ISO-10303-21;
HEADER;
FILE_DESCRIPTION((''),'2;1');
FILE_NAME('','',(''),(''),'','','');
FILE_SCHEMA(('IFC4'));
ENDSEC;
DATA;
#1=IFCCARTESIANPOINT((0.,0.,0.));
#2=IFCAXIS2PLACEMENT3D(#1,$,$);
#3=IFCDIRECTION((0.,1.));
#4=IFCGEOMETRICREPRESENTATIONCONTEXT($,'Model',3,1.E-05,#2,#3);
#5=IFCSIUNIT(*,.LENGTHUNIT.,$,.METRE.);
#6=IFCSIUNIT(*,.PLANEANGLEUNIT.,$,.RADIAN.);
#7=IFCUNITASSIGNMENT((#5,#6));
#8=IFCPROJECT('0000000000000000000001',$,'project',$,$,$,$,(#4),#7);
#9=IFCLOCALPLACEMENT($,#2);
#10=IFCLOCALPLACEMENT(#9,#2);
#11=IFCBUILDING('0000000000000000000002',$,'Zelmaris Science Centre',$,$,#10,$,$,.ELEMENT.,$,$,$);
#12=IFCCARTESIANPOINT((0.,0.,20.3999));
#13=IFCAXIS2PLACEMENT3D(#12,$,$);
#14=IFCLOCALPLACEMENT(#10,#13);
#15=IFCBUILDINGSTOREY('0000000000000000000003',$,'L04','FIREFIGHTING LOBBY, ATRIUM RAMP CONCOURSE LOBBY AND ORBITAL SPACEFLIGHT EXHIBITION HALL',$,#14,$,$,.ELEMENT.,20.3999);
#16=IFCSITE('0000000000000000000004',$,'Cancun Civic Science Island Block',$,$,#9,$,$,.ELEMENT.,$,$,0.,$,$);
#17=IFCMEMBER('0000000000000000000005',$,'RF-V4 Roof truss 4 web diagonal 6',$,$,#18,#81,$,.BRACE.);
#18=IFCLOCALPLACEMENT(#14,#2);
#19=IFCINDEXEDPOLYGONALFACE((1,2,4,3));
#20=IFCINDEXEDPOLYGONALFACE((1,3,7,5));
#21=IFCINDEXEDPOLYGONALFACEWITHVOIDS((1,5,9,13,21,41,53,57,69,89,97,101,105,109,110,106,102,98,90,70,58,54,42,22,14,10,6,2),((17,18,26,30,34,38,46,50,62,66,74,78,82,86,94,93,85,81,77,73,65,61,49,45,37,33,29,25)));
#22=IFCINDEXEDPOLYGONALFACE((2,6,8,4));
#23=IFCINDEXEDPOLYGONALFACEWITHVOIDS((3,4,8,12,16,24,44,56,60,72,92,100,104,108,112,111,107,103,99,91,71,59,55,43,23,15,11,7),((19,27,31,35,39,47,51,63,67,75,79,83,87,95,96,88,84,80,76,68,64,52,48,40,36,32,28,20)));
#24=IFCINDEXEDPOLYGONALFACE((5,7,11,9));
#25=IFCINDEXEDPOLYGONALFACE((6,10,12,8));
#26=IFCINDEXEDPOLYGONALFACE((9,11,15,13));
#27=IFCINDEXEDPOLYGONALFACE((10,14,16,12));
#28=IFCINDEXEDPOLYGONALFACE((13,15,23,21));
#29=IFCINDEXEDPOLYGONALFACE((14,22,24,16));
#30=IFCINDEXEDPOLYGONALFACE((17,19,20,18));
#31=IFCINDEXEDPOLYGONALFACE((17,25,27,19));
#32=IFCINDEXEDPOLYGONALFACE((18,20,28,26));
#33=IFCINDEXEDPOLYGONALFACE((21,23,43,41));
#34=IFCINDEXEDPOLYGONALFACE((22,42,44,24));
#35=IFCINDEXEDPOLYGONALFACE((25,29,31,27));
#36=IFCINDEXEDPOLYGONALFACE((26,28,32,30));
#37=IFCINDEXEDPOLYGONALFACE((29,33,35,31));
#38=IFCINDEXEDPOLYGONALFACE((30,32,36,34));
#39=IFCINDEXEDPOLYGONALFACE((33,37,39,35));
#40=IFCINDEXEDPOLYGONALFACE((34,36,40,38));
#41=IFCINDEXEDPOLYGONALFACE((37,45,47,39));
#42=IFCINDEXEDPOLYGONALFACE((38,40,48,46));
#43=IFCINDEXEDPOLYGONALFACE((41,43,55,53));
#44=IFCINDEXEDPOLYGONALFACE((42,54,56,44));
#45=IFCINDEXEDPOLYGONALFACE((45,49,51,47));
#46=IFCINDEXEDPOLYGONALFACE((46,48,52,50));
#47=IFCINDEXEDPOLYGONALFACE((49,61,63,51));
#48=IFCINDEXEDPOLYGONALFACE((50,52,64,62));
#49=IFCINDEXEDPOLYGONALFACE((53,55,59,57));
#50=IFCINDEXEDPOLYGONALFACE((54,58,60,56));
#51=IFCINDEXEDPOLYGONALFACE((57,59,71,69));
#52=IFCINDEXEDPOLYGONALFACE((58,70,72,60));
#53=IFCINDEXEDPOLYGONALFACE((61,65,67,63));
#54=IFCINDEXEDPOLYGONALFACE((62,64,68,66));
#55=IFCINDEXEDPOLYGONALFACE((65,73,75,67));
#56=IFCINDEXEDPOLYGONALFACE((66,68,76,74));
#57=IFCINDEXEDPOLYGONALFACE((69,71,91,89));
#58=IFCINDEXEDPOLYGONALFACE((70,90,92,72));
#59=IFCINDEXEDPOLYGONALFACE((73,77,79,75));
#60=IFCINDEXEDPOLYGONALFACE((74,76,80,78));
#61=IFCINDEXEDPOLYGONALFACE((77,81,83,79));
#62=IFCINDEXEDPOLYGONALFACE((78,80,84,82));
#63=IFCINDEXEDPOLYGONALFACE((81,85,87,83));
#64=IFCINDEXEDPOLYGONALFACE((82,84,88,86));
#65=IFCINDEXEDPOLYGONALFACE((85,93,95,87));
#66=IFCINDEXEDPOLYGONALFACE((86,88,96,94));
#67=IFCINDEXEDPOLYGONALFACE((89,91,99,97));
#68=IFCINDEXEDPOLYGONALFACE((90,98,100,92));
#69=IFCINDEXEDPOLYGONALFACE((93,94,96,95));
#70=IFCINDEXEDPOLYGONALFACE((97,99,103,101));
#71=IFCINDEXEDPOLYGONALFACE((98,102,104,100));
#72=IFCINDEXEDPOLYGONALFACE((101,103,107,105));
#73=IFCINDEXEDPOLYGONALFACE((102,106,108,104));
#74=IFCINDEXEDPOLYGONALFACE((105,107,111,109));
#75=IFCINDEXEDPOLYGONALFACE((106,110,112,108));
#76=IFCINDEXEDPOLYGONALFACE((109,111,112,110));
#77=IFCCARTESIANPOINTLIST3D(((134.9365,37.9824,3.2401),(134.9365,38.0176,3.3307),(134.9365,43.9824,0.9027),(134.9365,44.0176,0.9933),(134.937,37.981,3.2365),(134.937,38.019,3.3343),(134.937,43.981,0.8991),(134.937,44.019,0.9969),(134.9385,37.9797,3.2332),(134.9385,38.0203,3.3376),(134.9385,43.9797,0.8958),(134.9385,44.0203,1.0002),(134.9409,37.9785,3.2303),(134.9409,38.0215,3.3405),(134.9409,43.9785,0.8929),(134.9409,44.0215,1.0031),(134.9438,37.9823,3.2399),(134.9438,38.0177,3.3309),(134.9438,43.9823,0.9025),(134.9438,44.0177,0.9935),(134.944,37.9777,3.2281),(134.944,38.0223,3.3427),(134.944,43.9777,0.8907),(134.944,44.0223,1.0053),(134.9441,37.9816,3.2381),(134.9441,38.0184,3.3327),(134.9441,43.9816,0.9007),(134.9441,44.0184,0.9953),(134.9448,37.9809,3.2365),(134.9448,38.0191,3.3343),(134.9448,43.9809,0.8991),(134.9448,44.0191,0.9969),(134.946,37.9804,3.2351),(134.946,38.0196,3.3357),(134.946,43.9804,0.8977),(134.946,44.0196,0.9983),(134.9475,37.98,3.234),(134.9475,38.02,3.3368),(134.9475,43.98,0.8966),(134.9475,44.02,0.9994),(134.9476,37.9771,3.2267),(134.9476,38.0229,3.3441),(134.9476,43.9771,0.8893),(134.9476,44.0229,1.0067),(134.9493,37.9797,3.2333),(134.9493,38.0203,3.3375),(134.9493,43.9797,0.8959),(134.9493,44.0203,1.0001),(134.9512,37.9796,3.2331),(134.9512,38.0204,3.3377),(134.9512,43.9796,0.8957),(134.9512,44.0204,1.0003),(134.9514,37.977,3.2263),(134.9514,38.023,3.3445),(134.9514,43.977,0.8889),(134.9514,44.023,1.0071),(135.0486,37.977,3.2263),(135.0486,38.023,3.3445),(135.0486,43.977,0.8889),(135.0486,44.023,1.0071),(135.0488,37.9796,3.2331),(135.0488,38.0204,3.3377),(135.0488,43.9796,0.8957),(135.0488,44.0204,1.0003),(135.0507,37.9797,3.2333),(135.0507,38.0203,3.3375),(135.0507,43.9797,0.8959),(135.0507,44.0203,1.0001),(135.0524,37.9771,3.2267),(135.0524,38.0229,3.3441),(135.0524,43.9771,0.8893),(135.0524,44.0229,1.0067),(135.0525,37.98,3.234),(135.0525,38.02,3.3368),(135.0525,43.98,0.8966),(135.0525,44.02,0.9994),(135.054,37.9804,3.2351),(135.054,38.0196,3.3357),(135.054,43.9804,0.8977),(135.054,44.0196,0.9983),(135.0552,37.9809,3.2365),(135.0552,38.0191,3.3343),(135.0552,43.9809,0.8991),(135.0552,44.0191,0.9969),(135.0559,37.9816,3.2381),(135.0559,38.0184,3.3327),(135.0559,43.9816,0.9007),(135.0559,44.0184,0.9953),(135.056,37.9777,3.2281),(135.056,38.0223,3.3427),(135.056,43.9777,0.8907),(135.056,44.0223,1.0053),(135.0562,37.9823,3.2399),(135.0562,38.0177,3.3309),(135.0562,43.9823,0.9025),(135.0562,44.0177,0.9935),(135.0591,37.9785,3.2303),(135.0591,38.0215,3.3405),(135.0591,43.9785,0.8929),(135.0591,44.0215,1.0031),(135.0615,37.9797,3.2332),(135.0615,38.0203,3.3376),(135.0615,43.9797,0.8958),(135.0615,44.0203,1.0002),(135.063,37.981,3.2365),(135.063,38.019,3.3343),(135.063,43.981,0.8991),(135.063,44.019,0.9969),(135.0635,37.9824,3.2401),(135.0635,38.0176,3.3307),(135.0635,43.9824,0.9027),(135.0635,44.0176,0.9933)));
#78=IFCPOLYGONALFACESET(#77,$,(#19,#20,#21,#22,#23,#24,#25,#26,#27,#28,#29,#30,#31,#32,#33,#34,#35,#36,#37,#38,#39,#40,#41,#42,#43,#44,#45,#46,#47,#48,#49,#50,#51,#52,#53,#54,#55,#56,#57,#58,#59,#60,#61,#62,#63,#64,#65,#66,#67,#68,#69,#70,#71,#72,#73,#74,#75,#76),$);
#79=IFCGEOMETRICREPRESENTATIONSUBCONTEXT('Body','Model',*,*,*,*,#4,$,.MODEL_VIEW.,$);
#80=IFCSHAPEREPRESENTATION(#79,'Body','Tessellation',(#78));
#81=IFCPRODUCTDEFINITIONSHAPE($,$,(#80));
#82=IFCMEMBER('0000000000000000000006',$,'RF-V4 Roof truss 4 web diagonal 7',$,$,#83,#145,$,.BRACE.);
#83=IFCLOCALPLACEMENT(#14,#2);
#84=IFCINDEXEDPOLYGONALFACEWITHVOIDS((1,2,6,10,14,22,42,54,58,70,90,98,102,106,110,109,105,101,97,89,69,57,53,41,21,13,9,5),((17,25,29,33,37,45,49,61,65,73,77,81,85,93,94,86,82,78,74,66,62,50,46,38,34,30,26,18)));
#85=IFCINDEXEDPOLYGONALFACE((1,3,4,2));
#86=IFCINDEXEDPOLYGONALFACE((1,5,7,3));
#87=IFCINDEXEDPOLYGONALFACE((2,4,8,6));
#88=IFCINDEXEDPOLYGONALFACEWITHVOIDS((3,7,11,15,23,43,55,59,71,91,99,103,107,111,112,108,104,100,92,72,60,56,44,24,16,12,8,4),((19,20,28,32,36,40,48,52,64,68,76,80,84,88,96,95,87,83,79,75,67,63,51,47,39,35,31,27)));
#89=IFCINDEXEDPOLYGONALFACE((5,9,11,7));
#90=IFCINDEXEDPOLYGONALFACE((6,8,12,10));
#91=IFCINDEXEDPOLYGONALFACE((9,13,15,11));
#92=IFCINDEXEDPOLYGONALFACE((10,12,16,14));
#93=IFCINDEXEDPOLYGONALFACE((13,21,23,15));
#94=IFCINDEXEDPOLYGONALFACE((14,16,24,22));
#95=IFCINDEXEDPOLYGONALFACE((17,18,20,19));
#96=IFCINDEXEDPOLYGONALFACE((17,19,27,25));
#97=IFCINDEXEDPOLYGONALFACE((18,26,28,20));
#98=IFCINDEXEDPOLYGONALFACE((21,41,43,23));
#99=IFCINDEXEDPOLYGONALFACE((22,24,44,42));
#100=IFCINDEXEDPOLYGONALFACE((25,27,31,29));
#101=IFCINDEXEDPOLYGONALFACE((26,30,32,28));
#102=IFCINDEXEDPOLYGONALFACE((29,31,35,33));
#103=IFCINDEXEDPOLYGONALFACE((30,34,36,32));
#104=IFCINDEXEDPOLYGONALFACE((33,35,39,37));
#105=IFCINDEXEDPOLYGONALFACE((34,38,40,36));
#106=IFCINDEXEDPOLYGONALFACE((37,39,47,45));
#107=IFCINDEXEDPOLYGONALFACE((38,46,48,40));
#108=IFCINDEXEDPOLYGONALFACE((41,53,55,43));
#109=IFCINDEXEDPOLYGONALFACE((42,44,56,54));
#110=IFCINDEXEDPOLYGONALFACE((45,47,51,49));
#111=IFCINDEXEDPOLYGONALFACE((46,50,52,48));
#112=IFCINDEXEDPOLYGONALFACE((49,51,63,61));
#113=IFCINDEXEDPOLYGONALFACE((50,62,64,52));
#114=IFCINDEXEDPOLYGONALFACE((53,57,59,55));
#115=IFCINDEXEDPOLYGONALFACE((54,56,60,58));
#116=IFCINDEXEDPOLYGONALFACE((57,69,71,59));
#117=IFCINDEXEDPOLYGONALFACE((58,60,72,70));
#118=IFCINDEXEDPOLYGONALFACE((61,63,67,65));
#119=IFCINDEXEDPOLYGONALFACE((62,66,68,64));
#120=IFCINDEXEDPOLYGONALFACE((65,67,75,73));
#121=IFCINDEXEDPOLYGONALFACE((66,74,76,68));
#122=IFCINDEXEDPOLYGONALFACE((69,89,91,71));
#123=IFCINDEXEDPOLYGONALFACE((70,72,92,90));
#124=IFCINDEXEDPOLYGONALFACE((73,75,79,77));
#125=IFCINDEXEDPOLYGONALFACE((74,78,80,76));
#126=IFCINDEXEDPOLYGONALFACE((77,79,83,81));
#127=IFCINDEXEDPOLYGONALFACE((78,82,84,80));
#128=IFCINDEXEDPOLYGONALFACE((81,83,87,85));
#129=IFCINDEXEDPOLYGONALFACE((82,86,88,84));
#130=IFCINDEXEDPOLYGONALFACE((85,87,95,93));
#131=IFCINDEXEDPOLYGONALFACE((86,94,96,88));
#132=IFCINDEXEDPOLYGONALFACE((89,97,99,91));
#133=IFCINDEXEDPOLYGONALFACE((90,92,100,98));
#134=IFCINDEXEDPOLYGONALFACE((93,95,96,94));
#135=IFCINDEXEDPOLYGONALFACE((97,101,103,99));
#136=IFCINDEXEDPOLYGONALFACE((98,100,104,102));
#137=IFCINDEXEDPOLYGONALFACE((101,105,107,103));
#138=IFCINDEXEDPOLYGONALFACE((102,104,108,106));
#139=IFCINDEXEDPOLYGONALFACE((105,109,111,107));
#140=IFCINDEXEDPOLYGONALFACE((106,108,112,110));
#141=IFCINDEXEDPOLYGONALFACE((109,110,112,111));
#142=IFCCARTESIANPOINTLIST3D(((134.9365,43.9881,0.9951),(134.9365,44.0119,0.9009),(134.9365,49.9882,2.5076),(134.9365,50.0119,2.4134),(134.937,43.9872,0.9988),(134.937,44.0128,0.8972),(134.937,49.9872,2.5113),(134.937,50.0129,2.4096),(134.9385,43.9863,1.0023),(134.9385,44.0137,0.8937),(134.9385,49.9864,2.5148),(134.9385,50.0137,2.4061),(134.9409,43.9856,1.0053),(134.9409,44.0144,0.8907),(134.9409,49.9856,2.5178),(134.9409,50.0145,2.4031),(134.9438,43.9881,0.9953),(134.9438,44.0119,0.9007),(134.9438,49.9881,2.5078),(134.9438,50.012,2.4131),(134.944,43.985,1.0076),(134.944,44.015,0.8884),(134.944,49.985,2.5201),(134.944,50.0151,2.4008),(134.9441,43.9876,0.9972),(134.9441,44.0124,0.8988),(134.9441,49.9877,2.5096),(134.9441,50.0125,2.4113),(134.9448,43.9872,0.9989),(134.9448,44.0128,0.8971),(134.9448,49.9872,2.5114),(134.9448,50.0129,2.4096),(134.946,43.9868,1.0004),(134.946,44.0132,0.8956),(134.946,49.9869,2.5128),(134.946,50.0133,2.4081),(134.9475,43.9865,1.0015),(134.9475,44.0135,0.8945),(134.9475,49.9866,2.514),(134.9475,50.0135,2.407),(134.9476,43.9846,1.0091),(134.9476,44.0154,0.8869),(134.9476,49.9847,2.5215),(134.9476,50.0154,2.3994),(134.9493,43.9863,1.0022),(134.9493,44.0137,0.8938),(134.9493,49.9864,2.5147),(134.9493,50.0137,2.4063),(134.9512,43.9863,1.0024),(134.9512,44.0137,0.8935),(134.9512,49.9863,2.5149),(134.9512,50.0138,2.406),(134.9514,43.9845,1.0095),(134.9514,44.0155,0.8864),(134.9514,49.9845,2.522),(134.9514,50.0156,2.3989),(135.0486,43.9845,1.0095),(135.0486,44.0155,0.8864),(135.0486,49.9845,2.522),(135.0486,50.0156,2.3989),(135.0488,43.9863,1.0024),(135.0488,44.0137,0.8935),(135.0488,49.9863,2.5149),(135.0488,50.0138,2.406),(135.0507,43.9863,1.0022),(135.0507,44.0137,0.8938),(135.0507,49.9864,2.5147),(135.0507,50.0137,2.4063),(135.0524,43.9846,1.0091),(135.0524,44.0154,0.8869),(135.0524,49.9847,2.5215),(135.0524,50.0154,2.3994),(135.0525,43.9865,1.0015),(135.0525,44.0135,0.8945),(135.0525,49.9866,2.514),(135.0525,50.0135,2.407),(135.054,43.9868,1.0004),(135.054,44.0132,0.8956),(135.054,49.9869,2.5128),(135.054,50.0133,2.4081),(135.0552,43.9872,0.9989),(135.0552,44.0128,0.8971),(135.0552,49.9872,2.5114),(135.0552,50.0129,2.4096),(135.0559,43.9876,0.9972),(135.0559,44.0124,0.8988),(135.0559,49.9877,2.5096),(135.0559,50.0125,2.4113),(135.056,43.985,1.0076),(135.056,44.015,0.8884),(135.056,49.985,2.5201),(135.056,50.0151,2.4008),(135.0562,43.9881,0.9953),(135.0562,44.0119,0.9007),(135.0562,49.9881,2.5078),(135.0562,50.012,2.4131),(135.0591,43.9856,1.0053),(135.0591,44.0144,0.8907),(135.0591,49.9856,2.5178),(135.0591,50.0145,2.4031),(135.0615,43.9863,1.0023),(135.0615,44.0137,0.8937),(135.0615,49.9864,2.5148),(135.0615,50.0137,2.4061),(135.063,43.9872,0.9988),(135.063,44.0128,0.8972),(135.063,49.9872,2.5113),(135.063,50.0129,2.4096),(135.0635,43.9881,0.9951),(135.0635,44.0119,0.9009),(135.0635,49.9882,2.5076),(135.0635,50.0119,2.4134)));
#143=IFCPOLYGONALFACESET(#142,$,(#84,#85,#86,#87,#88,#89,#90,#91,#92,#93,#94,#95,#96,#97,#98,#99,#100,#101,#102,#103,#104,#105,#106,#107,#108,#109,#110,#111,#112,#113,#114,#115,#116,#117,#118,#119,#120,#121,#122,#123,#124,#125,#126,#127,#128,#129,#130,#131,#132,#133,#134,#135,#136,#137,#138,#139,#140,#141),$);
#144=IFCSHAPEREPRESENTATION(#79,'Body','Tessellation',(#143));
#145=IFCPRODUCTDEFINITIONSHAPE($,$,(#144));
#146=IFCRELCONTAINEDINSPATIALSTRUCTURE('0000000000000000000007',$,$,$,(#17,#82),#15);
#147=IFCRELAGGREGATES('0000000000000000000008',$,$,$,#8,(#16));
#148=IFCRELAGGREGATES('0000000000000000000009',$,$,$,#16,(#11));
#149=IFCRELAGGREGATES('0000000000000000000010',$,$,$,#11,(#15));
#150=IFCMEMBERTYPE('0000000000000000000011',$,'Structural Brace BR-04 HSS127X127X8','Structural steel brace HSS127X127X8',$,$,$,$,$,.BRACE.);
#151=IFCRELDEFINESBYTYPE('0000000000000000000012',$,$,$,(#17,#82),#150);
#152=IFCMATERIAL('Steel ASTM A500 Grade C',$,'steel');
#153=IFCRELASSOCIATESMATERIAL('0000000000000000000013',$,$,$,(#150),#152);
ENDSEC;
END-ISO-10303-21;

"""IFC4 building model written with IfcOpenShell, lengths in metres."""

from ifc_helpers import new_model, si_unit, direction, frame, origin, origin_2d, place, context, subcontext, project, spatial, hollow_rectangle, extrude, material, material_profile, profile_set, type_object, element, save


model = new_model("IFC4")

# Units and contexts
model_context = context("Model", 3, precision=1e-05, world=origin(), true_north=direction((0.0, 1.0)))
body_context = subcontext(model_context, "Body", "Model", "MODEL_VIEW")
ifc_project = project(units=[si_unit("LENGTHUNIT", "METRE"), si_unit("PLANEANGLEUNIT", "RADIAN")], contexts=[model_context])

# Site, building, storey
site_placement = place(None, origin())
site = spatial("IfcSite", under=ifc_project, at=site_placement, Name="Cancun Civic Science Island Block", CompositionType="ELEMENT", RefElevation=0.0)
building_placement = place(site_placement, origin())
building = spatial("IfcBuilding", under=site, at=building_placement, Name="Zelmaris Science Centre", CompositionType="ELEMENT")
storey_placement = place(building_placement, frame((0.0, 0.0, 20.3999)))
storey = spatial("IfcBuildingStorey", under=building, at=storey_placement, Name="L04", Description="FIREFIGHTING LOBBY, ATRIUM RAMP CONCOURSE LOBBY AND ORBITAL SPACEFLIGHT EXHIBITION HALL", CompositionType="ELEMENT", Elevation=20.3999)

# Members
ifc_material = material(Name="Steel ASTM A500 Grade C", Category="steel")
ifc_material_profile_1 = material_profile(ifc_material, hollow_rectangle(XDim=0.127, YDim=0.127, WallThickness=0.0073, InnerFilletRadius=0.0073, OuterFilletRadius=0.0149, at=origin_2d()), Name="HSS127X127X8")
ifc_profile_set_1 = profile_set([ifc_material_profile_1], Name="Steel ASTM A500 Grade C")
member_type_1 = type_object("IfcMemberType", Name="Structural Brace BR-04 HSS127X127X8", Description="Structural steel brace HSS127X127X8", PredefinedType="BRACE", material=ifc_profile_set_1)
for number, where, z_axis, x_axis, name in (
    (1, (135.0, 38.0, 3.2854), (0.0, 0.931791, -0.362995), (-1.0, 0.0, 0.0), "RF-V4 Roof truss 4 web diagonal 6"),
):
    element("IfcMember", number, at=place(storey_placement, frame(where, z_axis=z_axis, x_axis=x_axis)), inside=storey, type_object=member_type_1, Name=name, PredefinedType="BRACE", context=body_context, shape_type="SweptSolid", body=[
        extrude(hollow_rectangle(XDim=0.127, YDim=0.127, WallThickness=0.0073, InnerFilletRadius=0.0073, OuterFilletRadius=0.0149, at=origin_2d()), origin(), (0.0, 0.0, 1.0), 6.4392),
    ])
member_1_placement = place(storey_placement, frame((135.0, 44.0, 0.948), z_axis=(0.0, 0.969667, 0.244429), x_axis=(-1.0, 0.0, 0.0)))
element("IfcMember", 2, at=member_1_placement, inside=storey, type_object=member_type_1, Name="RF-V4 Roof truss 4 web diagonal 7", PredefinedType="BRACE", context=body_context, shape_type="SweptSolid", body=[
    extrude(hollow_rectangle(XDim=0.127, YDim=0.127, WallThickness=0.0073, InnerFilletRadius=0.0073, OuterFilletRadius=0.0149, at=origin_2d()), origin(), (0.0, 0.0, 1.0), 6.1877),
])

save(model, "model.ifc")
